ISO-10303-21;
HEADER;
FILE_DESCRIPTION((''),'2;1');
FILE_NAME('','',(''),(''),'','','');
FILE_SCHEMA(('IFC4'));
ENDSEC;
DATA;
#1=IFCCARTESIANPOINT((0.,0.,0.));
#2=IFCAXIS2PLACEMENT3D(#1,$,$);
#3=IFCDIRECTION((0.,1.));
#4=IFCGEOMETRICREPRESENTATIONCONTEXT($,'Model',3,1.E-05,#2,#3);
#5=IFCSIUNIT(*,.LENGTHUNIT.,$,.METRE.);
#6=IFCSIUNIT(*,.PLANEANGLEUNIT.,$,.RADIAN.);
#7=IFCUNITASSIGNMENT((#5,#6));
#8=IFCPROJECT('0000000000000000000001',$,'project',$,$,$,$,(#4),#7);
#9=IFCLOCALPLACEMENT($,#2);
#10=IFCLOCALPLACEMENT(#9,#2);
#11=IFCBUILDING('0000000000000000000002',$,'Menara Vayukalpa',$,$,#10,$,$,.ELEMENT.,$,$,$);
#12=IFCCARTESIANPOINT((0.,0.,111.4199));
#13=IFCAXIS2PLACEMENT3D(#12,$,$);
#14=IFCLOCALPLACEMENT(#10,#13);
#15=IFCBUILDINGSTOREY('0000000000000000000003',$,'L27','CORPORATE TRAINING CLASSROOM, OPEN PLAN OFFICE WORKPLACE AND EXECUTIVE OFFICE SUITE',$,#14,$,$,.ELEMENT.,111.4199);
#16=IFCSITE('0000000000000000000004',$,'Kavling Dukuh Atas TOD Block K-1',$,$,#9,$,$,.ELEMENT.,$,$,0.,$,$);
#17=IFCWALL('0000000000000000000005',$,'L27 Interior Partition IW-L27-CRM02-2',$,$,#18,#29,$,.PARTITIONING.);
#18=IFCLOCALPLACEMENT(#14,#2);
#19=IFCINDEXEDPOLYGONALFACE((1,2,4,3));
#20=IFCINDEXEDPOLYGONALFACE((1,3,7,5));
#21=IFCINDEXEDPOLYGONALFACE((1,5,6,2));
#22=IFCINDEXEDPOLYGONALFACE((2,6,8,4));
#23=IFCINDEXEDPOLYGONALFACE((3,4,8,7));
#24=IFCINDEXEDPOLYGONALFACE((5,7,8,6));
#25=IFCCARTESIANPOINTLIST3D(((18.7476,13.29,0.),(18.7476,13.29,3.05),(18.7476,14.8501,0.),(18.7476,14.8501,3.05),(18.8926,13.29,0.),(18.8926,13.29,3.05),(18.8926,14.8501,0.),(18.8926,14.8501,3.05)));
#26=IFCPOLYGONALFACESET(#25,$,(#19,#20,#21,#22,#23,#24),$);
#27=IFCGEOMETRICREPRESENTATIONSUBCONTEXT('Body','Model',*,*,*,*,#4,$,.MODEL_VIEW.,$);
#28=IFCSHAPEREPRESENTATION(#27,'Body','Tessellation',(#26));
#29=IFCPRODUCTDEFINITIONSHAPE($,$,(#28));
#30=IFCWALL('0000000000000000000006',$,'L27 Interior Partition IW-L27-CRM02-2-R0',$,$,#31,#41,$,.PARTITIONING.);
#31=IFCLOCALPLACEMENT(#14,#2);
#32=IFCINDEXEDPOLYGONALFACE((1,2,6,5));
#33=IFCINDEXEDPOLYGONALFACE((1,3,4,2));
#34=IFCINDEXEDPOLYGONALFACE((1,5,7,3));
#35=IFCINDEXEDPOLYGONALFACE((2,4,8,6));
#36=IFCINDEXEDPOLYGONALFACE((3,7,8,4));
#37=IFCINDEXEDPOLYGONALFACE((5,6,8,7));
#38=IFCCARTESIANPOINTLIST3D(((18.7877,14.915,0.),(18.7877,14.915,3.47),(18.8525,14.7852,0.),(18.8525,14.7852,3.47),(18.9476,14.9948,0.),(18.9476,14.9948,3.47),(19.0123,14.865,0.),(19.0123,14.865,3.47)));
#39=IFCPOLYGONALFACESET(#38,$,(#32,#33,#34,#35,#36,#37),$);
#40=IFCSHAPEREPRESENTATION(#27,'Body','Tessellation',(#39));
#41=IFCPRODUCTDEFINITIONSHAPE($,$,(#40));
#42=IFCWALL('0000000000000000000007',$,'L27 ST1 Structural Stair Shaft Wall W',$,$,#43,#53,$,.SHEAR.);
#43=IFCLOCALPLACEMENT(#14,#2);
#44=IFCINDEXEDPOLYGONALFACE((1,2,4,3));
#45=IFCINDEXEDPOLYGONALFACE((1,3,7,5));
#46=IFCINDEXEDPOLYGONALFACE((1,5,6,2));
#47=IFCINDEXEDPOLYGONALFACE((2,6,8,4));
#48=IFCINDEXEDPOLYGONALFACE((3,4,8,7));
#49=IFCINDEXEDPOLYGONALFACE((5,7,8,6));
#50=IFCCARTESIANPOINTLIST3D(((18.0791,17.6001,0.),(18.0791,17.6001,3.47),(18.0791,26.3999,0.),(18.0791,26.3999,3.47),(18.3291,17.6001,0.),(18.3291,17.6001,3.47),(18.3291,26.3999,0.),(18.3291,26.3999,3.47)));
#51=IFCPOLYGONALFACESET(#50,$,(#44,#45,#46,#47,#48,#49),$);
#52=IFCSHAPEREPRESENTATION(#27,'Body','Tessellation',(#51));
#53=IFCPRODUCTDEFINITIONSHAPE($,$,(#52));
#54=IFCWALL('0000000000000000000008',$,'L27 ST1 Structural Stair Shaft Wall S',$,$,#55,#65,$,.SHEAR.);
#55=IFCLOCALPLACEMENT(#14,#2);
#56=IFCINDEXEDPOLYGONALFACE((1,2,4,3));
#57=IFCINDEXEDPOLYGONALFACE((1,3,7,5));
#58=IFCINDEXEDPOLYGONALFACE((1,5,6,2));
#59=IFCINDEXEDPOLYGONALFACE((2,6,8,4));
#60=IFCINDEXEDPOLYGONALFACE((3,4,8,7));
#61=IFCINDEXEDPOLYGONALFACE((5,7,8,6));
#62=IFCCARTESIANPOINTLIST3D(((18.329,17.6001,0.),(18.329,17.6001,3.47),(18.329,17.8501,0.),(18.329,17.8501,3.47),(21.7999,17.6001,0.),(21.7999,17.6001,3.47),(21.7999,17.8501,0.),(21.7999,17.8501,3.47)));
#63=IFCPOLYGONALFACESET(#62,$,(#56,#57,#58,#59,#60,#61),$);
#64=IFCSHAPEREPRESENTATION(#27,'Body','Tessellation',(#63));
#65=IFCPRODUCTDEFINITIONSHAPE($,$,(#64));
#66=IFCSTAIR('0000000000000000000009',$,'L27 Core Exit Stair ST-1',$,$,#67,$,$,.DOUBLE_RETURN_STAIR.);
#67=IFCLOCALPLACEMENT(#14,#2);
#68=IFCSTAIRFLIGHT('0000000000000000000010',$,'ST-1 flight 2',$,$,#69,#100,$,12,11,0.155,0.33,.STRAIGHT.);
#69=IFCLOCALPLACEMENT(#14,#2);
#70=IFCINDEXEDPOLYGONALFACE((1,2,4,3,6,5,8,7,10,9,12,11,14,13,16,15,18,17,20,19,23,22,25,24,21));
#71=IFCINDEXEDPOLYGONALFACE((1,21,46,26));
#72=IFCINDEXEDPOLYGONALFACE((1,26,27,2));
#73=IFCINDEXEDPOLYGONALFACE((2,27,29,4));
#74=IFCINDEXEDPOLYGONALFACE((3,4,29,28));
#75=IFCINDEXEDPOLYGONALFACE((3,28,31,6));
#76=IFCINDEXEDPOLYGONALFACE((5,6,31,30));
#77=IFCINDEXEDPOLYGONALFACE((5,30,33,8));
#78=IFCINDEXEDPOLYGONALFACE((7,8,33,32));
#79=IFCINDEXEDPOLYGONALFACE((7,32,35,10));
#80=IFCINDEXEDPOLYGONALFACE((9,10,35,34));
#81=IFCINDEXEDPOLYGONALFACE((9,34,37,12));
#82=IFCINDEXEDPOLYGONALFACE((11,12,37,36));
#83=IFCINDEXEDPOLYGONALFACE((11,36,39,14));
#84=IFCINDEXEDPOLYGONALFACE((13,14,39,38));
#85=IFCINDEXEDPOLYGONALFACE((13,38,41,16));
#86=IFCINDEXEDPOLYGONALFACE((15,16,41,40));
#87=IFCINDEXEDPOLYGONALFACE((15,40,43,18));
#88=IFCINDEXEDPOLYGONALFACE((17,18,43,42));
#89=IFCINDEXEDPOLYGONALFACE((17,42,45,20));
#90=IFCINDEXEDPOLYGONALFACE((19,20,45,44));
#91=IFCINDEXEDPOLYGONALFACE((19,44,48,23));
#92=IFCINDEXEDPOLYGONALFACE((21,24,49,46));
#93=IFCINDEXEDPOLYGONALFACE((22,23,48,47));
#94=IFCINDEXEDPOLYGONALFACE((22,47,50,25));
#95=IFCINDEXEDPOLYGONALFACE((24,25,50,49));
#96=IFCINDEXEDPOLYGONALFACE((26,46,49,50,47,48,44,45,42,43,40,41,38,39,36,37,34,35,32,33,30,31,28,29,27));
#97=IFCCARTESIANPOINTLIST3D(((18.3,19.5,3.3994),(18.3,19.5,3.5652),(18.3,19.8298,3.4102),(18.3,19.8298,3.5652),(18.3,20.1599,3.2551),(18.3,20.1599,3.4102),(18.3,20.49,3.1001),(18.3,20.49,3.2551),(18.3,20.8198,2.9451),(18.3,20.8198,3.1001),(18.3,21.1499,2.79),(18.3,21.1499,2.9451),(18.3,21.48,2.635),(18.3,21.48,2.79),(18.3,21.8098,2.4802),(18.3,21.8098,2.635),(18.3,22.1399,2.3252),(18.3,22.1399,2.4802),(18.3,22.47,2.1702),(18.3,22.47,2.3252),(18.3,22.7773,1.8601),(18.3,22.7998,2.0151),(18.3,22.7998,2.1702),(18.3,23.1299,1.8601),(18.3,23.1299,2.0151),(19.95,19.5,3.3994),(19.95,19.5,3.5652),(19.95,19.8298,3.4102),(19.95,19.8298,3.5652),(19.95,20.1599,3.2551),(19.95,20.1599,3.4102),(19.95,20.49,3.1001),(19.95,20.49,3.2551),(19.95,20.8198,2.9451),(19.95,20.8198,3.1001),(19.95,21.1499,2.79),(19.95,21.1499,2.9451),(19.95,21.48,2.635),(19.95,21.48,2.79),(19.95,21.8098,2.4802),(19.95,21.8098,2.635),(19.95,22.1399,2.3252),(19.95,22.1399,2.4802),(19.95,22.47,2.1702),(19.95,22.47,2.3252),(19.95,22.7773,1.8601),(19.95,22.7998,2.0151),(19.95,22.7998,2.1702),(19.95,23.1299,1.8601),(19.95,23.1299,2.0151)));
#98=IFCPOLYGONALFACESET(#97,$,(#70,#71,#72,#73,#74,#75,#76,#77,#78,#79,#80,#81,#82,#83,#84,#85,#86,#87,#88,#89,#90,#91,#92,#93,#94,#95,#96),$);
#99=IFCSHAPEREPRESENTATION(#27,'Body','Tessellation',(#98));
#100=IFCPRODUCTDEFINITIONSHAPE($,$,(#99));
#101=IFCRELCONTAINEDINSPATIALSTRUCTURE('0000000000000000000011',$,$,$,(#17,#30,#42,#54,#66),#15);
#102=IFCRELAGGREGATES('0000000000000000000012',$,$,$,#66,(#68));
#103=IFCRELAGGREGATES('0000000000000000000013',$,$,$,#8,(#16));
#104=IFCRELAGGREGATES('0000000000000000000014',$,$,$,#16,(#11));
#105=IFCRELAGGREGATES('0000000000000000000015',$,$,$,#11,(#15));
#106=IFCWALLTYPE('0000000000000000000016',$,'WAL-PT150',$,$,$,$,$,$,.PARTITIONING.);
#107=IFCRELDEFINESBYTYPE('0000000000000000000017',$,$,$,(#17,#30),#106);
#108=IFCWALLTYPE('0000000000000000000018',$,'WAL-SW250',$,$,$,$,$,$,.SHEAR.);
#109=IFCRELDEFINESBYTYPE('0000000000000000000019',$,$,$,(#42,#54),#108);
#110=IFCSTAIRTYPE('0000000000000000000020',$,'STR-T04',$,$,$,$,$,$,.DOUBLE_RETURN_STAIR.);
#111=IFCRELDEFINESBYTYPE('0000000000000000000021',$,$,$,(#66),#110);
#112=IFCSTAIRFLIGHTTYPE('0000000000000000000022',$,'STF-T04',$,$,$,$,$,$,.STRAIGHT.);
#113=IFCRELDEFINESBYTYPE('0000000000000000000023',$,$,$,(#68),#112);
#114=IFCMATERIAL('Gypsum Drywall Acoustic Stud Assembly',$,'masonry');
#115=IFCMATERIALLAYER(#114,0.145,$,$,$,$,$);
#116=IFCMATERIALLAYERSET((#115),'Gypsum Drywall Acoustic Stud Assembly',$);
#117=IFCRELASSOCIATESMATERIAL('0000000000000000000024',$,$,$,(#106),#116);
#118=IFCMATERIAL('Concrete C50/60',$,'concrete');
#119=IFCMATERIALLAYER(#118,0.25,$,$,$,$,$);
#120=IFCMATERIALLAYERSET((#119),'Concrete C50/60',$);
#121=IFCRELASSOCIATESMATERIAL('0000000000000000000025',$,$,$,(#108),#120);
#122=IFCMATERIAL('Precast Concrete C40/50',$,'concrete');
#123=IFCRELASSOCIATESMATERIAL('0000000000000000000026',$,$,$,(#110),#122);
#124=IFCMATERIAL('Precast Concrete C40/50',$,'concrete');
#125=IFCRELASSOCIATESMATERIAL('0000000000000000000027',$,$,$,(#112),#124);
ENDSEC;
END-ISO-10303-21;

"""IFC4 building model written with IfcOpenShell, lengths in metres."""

from ifc_helpers import new_model, si_unit, direction, frame, frame_2d, origin, place, context, subcontext, project, spatial, polyline, rectangle, outline, extrude, material, layer, layer_set, type_object, element, aggregate, save


model = new_model("IFC4")

# Units and contexts
model_context = context("Model", 3, precision=1e-05, world=origin(), true_north=direction((0.0, 1.0)))
body_context = subcontext(model_context, "Body", "Model", "MODEL_VIEW")
ifc_project = project(units=[si_unit("LENGTHUNIT", "METRE"), si_unit("PLANEANGLEUNIT", "RADIAN")], contexts=[model_context])

# Site, building, storey
site_placement = place(None, origin())
site = spatial("IfcSite", under=ifc_project, at=site_placement, Name="Kavling Dukuh Atas TOD Block K-1", CompositionType="ELEMENT", RefElevation=0.0)
building_placement = place(site_placement, origin())
building = spatial("IfcBuilding", under=site, at=building_placement, Name="Menara Vayukalpa", CompositionType="ELEMENT")
storey_placement = place(building_placement, frame((0.0, 0.0, 111.4199)))
storey = spatial("IfcBuildingStorey", under=building, at=storey_placement, Name="L27", Description="CORPORATE TRAINING CLASSROOM, OPEN PLAN OFFICE WORKPLACE AND EXECUTIVE OFFICE SUITE", CompositionType="ELEMENT", Elevation=111.4199)

# Shared definitions
ifc_material_1 = material(Name="Gypsum Drywall Acoustic Stud Assembly", Category="masonry")
ifc_layer_1 = layer(ifc_material_1, 0.145)
ifc_layer_set_1 = layer_set([ifc_layer_1], Name="Gypsum Drywall Acoustic Stud Assembly")
wall_type_1 = type_object("IfcWallType", Name="WAL-PT150", PredefinedType="PARTITIONING", material=ifc_layer_set_1)

# Walls
wall_1_placement = place(storey_placement, frame((18.8201, 14.8501, 0.0), z_axis=(0.0, 0.0, 1.0), x_axis=(0.0, -1.0, 0.0)))
element("IfcWall", 1, at=wall_1_placement, inside=storey, type_object=wall_type_1, Name="L27 Interior Partition IW-L27-CRM02-2", PredefinedType="PARTITIONING", context=body_context, shape_type="SweptSolid", body=[
    extrude(rectangle(XDim=1.5601, YDim=0.145, at=frame_2d((0.78, 0.0))), origin(), (0.0, 0.0, 1.0), 3.05),
])
wall_2_placement = place(storey_placement, frame((18.8201, 14.8501, 0.0), z_axis=(0.0, 0.0, 1.0), x_axis=(0.8947, 0.446667, 0.0)))
element("IfcWall", 2, at=wall_2_placement, inside=storey, type_object=wall_type_1, Name="L27 Interior Partition IW-L27-CRM02-2-R0", PredefinedType="PARTITIONING", context=body_context, shape_type="SweptSolid", body=[
    extrude(rectangle(XDim=0.1787, YDim=0.145, at=frame_2d((0.0894, 0.0))), origin(), (0.0, 0.0, 1.0), 3.47),
])
ifc_material_2 = material(Name="Concrete C50/60", Category="concrete")
ifc_layer_2 = layer(ifc_material_2, 0.25)
ifc_layer_set_2 = layer_set([ifc_layer_2], Name="Concrete C50/60")
wall_type_2 = type_object("IfcWallType", Name="WAL-SW250", PredefinedType="SHEAR", material=ifc_layer_set_2)
wall_3_placement = place(storey_placement, frame((18.2041, 17.6001, 0.0), z_axis=(0.0, 0.0, 1.0), x_axis=(0.0, 1.0, 0.0)))
element("IfcWall", 3, at=wall_3_placement, inside=storey, type_object=wall_type_2, Name="L27 ST1 Structural Stair Shaft Wall W", PredefinedType="SHEAR", context=body_context, shape_type="SweptSolid", body=[
    extrude(rectangle(XDim=8.7998, YDim=0.25, at=frame_2d((4.3999, 0.0))), origin(), (0.0, 0.0, 1.0), 3.47),
])
wall_4_placement = place(storey_placement, frame((18.3291, 17.7251, 0.0), z_axis=(0.0, 0.0, 1.0), x_axis=(1.0, 0.0, 0.0)))
element("IfcWall", 4, at=wall_4_placement, inside=storey, type_object=wall_type_2, Name="L27 ST1 Structural Stair Shaft Wall S", PredefinedType="SHEAR", context=body_context, shape_type="SweptSolid", body=[
    extrude(rectangle(XDim=3.4709, YDim=0.25, at=frame_2d((1.7354, 0.0))), origin(), (0.0, 0.0, 1.0), 3.47),
])

# Stair, stair flight
ifc_material_3 = material(Name="Precast Concrete C40/50", Category="concrete")
stair_type = type_object("IfcStairType", Name="STR-T04", PredefinedType="DOUBLE_RETURN_STAIR", material=ifc_material_3)
stair_placement = place(storey_placement, origin())
stair = element("IfcStair", 5, at=stair_placement, inside=storey, type_object=stair_type, Name="L27 Core Exit Stair ST-1", PredefinedType="DOUBLE_RETURN_STAIR")
ifc_material_4 = material(Name="Precast Concrete C40/50", Category="concrete")
stair_flight_type = type_object("IfcStairFlightType", Name="STF-T04", PredefinedType="STRAIGHT", material=ifc_material_4)
stair_flight_placement = place(storey_placement, frame((19.125, 23.1299, 1.8601), z_axis=(0.0, 0.0, 1.0), x_axis=(0.0, -1.0, 0.0)))
stair_flight = element("IfcStairFlight", 6, at=stair_flight_placement, type_object=stair_flight_type, Name="ST-1 flight 2", NumberOfRisers=12, NumberOfTreads=11, PredefinedType="STRAIGHT", RiserHeight=0.155, TreadLength=0.33, context=body_context, shape_type="SweptSolid", body=[
    extrude(outline(polyline([(0.0, 0.0), (0.0, 0.155), (0.3301, 0.155), (0.3301, 0.3101), (0.6599, 0.3101), (0.6599, 0.4651), (0.99, 0.4651), (0.99, 0.6201), (1.3201, 0.6201), (1.3201, 0.7749), (1.6499, 0.7749), (1.6499, 0.9299), (1.98, 0.9299), (1.98, 1.085), (2.3101, 1.085), (2.3101, 1.24), (2.6399, 1.24), (2.6399, 1.395), (2.97, 1.395), (2.97, 1.55), (3.3, 1.55), (3.3, 1.7051), (3.6299, 1.7051), (3.6299, 1.8601), (3.6299, 1.5393), (0.3525, 0.0), (0.0, 0.0)])), frame((0.0, 0.825, 0.0), z_axis=(0.0, -1.0, 0.0), x_axis=(1.0, 0.0, 0.0)), (0.0, 0.0, 1.0), 1.6499),
])
aggregate(stair, [stair_flight])

save(model, "model.ifc")
